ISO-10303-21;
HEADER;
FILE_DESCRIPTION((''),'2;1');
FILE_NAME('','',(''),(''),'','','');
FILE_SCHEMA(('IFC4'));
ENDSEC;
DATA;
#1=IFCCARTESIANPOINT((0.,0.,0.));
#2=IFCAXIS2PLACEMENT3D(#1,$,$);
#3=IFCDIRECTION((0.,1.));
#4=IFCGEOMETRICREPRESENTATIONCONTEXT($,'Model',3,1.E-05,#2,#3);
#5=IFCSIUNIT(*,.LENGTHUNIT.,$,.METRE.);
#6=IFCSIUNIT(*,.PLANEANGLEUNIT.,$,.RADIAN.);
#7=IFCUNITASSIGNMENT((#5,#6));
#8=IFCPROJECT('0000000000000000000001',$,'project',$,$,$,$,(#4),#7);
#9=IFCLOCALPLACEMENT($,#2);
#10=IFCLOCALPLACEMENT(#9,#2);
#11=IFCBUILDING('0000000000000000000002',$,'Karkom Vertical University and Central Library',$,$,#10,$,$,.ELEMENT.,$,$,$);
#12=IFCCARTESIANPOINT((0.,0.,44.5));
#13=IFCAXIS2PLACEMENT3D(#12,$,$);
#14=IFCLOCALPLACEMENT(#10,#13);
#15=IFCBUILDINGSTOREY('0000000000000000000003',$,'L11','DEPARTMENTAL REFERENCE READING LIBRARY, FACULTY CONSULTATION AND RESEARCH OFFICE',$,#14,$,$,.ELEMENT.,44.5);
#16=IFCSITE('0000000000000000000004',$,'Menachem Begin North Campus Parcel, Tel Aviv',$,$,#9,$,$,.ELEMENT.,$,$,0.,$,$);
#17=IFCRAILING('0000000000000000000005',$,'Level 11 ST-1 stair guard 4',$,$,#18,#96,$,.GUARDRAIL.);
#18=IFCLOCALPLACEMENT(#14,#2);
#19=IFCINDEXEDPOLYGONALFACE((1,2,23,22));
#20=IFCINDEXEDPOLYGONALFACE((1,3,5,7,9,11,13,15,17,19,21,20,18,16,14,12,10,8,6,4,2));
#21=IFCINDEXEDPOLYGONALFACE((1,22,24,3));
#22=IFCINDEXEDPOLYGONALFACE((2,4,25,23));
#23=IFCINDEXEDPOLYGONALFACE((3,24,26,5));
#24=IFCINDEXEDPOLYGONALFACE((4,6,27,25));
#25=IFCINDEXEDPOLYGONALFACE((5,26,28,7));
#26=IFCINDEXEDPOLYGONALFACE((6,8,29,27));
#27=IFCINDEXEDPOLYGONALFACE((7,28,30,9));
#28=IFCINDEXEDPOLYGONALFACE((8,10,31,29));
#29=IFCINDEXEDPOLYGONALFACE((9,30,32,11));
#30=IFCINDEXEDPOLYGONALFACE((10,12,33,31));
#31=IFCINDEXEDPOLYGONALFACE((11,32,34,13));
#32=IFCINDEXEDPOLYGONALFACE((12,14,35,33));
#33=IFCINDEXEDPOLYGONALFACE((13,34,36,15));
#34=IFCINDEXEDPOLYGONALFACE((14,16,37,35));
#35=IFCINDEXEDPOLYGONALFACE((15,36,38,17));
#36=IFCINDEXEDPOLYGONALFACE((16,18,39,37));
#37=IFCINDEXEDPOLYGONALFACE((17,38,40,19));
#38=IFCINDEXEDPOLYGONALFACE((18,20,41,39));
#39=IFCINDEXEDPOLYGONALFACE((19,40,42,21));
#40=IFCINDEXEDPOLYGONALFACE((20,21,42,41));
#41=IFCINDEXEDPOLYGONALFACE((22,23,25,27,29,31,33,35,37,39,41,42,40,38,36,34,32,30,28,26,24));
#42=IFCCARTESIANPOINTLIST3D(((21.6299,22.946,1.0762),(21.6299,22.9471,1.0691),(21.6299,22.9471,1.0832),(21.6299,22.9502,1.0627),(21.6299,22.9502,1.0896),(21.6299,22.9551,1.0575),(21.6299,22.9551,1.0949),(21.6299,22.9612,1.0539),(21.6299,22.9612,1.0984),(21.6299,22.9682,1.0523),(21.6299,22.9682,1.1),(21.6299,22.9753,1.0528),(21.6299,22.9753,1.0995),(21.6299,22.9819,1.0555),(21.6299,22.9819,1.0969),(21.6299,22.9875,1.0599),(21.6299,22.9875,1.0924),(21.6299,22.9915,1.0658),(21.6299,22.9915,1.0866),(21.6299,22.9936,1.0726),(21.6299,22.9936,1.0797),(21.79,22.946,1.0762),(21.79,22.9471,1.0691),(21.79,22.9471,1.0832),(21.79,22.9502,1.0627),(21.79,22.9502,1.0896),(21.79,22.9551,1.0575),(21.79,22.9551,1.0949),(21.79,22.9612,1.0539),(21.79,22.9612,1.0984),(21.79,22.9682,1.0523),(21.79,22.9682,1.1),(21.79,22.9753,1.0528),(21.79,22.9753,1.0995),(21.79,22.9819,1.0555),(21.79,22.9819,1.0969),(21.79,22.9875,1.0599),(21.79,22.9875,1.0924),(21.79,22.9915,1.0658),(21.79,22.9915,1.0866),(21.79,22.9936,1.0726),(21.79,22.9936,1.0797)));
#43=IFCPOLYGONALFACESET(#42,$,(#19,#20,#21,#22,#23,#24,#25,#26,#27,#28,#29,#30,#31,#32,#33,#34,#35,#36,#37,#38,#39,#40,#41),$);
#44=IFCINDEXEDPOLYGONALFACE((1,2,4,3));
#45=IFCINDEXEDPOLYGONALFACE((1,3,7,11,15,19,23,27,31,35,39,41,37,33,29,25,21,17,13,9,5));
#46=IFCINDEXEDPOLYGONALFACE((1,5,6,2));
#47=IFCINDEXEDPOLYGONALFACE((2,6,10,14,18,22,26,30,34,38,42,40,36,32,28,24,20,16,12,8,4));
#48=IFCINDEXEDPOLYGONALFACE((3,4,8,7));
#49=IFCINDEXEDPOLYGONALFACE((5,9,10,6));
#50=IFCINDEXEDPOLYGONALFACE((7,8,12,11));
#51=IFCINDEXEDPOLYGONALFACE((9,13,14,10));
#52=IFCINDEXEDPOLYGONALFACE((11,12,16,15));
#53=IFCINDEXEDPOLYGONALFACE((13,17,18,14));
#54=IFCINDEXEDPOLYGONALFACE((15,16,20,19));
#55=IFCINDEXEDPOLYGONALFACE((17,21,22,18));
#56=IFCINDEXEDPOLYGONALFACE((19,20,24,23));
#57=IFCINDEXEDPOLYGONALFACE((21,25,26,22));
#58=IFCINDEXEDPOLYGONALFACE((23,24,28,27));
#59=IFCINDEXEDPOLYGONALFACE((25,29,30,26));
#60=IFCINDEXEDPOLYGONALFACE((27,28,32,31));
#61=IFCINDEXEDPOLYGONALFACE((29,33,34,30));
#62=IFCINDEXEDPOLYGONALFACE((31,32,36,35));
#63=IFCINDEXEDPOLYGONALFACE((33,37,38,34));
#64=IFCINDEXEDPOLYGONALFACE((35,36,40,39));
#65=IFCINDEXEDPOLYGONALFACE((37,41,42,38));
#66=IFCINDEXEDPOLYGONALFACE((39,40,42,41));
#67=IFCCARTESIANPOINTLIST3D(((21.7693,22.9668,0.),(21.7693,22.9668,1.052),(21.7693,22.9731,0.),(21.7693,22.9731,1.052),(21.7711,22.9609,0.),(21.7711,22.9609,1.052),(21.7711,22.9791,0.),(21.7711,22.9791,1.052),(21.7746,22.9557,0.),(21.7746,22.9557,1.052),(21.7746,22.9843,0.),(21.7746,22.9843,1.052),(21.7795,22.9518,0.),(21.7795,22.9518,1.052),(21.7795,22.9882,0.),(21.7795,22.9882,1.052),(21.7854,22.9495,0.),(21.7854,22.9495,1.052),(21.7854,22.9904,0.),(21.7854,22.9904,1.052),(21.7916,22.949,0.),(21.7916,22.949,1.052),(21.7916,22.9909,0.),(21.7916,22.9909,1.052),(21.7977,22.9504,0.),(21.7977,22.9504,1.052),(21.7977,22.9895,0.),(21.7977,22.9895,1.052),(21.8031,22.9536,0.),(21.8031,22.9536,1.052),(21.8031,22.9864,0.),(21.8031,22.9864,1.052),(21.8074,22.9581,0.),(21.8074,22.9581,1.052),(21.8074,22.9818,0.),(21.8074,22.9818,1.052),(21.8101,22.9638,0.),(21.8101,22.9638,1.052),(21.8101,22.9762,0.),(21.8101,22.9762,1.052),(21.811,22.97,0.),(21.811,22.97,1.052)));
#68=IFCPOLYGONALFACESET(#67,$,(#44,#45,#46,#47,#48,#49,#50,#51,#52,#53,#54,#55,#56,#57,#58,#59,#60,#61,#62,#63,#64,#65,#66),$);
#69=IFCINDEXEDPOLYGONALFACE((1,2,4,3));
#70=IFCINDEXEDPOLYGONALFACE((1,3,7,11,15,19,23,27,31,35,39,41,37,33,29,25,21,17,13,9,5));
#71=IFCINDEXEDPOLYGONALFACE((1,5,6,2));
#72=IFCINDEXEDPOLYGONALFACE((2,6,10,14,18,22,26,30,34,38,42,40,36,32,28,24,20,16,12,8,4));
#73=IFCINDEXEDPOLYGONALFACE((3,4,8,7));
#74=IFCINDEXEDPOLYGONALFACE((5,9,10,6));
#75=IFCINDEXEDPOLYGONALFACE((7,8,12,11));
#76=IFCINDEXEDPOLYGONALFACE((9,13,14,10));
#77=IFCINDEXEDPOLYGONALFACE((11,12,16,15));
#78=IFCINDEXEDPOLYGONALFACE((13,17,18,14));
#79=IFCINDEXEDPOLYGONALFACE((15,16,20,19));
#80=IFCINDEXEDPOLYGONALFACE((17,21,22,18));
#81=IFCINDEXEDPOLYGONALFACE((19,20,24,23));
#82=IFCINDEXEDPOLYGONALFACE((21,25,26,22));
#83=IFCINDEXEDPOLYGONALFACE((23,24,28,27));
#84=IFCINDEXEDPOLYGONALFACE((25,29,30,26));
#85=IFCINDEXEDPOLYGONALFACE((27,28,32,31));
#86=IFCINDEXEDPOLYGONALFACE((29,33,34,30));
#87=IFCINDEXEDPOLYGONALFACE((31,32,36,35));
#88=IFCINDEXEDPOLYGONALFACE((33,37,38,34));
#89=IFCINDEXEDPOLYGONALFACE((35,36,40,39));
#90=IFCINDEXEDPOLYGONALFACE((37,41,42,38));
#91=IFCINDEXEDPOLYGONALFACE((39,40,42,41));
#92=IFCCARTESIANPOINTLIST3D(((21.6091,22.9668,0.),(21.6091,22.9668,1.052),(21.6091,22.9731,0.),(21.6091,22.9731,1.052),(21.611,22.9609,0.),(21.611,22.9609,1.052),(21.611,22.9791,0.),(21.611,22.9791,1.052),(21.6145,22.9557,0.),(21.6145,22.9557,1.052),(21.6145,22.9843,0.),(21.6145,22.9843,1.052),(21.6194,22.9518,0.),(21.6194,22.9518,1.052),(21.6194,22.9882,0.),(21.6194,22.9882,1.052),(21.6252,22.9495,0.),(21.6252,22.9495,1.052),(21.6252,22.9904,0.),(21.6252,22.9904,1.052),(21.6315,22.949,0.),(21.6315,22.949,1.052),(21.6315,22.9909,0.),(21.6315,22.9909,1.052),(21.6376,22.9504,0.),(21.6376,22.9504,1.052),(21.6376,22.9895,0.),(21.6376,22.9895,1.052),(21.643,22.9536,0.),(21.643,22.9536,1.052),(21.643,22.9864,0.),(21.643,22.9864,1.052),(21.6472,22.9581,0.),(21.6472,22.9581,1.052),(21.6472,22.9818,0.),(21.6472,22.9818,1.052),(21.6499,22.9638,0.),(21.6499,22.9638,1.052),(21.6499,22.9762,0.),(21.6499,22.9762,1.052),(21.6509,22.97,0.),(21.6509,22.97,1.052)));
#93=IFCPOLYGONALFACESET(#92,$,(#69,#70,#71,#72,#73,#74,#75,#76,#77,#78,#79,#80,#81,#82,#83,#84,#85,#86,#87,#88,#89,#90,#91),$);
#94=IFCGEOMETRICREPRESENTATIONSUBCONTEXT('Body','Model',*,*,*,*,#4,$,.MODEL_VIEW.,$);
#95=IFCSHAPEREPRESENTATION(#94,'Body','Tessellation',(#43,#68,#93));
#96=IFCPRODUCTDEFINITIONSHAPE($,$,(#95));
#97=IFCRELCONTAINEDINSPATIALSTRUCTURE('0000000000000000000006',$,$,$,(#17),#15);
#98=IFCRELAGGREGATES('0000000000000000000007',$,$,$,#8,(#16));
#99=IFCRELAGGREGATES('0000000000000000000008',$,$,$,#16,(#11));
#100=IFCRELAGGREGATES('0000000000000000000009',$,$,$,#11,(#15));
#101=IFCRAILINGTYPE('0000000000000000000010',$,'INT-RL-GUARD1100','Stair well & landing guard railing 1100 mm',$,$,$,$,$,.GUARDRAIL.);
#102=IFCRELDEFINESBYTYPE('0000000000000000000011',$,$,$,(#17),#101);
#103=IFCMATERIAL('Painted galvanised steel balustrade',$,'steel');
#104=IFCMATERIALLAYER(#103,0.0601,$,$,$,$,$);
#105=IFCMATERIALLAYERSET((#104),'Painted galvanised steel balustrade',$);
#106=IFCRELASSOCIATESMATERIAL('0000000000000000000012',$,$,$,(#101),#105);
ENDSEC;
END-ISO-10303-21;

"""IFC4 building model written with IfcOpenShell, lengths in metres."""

from ifc_helpers import new_model, si_unit, direction, frame, origin, origin_2d, place, context, subcontext, project, spatial, circle, extrude, material, layer, layer_set, type_object, element, save


model = new_model("IFC4")

# Units and contexts
model_context = context("Model", 3, precision=1e-05, world=origin(), true_north=direction((0.0, 1.0)))
body_context = subcontext(model_context, "Body", "Model", "MODEL_VIEW")
ifc_project = project(units=[si_unit("LENGTHUNIT", "METRE"), si_unit("PLANEANGLEUNIT", "RADIAN")], contexts=[model_context])

# Site, building, storey
site_placement = place(None, origin())
site = spatial("IfcSite", under=ifc_project, at=site_placement, Name="Menachem Begin North Campus Parcel, Tel Aviv", CompositionType="ELEMENT", RefElevation=0.0)
building_placement = place(site_placement, origin())
building = spatial("IfcBuilding", under=site, at=building_placement, Name="Karkom Vertical University and Central Library", CompositionType="ELEMENT")
storey_placement = place(building_placement, frame((0.0, 0.0, 44.5)))
storey = spatial("IfcBuildingStorey", under=building, at=storey_placement, Name="L11", Description="DEPARTMENTAL REFERENCE READING LIBRARY, FACULTY CONSULTATION AND RESEARCH OFFICE", CompositionType="ELEMENT", Elevation=44.5)

# Railing
ifc_material_1 = material(Name="Painted galvanised steel balustrade", Category="steel")
ifc_layer_1 = layer(ifc_material_1, 0.0601)
ifc_layer_set_1 = layer_set([ifc_layer_1], Name="Painted galvanised steel balustrade")
railing_type_1 = type_object("IfcRailingType", Name="INT-RL-GUARD1100", Description="Stair well & landing guard railing 1100 mm", PredefinedType="GUARDRAIL", material=ifc_layer_set_1)
railing_1_placement = place(storey_placement, frame((21.79, 22.97, 0.0)))
element("IfcRailing", 1, at=railing_1_placement, inside=storey, type_object=railing_type_1, Name="Level 11 ST-1 stair guard 4", PredefinedType="GUARDRAIL", context=body_context, shape_type="SweptSolid", body=[
    extrude(circle(Radius=0.0239, at=origin_2d()), frame((0.0, 0.0, 1.0762), z_axis=(-1.0, 0.0, 0.0), x_axis=(0.0, -1.0, 0.0)), (0.0, 0.0, 1.0), 0.1602),
    extrude(circle(Radius=0.021, at=origin_2d()), origin(), (0.0, 0.0, 1.0), 1.052),
    extrude(circle(Radius=0.021, at=origin_2d()), frame((-0.1602, 0.0, 0.0)), (0.0, 0.0, 1.0), 1.052),
])

save(model, "model.ifc")
